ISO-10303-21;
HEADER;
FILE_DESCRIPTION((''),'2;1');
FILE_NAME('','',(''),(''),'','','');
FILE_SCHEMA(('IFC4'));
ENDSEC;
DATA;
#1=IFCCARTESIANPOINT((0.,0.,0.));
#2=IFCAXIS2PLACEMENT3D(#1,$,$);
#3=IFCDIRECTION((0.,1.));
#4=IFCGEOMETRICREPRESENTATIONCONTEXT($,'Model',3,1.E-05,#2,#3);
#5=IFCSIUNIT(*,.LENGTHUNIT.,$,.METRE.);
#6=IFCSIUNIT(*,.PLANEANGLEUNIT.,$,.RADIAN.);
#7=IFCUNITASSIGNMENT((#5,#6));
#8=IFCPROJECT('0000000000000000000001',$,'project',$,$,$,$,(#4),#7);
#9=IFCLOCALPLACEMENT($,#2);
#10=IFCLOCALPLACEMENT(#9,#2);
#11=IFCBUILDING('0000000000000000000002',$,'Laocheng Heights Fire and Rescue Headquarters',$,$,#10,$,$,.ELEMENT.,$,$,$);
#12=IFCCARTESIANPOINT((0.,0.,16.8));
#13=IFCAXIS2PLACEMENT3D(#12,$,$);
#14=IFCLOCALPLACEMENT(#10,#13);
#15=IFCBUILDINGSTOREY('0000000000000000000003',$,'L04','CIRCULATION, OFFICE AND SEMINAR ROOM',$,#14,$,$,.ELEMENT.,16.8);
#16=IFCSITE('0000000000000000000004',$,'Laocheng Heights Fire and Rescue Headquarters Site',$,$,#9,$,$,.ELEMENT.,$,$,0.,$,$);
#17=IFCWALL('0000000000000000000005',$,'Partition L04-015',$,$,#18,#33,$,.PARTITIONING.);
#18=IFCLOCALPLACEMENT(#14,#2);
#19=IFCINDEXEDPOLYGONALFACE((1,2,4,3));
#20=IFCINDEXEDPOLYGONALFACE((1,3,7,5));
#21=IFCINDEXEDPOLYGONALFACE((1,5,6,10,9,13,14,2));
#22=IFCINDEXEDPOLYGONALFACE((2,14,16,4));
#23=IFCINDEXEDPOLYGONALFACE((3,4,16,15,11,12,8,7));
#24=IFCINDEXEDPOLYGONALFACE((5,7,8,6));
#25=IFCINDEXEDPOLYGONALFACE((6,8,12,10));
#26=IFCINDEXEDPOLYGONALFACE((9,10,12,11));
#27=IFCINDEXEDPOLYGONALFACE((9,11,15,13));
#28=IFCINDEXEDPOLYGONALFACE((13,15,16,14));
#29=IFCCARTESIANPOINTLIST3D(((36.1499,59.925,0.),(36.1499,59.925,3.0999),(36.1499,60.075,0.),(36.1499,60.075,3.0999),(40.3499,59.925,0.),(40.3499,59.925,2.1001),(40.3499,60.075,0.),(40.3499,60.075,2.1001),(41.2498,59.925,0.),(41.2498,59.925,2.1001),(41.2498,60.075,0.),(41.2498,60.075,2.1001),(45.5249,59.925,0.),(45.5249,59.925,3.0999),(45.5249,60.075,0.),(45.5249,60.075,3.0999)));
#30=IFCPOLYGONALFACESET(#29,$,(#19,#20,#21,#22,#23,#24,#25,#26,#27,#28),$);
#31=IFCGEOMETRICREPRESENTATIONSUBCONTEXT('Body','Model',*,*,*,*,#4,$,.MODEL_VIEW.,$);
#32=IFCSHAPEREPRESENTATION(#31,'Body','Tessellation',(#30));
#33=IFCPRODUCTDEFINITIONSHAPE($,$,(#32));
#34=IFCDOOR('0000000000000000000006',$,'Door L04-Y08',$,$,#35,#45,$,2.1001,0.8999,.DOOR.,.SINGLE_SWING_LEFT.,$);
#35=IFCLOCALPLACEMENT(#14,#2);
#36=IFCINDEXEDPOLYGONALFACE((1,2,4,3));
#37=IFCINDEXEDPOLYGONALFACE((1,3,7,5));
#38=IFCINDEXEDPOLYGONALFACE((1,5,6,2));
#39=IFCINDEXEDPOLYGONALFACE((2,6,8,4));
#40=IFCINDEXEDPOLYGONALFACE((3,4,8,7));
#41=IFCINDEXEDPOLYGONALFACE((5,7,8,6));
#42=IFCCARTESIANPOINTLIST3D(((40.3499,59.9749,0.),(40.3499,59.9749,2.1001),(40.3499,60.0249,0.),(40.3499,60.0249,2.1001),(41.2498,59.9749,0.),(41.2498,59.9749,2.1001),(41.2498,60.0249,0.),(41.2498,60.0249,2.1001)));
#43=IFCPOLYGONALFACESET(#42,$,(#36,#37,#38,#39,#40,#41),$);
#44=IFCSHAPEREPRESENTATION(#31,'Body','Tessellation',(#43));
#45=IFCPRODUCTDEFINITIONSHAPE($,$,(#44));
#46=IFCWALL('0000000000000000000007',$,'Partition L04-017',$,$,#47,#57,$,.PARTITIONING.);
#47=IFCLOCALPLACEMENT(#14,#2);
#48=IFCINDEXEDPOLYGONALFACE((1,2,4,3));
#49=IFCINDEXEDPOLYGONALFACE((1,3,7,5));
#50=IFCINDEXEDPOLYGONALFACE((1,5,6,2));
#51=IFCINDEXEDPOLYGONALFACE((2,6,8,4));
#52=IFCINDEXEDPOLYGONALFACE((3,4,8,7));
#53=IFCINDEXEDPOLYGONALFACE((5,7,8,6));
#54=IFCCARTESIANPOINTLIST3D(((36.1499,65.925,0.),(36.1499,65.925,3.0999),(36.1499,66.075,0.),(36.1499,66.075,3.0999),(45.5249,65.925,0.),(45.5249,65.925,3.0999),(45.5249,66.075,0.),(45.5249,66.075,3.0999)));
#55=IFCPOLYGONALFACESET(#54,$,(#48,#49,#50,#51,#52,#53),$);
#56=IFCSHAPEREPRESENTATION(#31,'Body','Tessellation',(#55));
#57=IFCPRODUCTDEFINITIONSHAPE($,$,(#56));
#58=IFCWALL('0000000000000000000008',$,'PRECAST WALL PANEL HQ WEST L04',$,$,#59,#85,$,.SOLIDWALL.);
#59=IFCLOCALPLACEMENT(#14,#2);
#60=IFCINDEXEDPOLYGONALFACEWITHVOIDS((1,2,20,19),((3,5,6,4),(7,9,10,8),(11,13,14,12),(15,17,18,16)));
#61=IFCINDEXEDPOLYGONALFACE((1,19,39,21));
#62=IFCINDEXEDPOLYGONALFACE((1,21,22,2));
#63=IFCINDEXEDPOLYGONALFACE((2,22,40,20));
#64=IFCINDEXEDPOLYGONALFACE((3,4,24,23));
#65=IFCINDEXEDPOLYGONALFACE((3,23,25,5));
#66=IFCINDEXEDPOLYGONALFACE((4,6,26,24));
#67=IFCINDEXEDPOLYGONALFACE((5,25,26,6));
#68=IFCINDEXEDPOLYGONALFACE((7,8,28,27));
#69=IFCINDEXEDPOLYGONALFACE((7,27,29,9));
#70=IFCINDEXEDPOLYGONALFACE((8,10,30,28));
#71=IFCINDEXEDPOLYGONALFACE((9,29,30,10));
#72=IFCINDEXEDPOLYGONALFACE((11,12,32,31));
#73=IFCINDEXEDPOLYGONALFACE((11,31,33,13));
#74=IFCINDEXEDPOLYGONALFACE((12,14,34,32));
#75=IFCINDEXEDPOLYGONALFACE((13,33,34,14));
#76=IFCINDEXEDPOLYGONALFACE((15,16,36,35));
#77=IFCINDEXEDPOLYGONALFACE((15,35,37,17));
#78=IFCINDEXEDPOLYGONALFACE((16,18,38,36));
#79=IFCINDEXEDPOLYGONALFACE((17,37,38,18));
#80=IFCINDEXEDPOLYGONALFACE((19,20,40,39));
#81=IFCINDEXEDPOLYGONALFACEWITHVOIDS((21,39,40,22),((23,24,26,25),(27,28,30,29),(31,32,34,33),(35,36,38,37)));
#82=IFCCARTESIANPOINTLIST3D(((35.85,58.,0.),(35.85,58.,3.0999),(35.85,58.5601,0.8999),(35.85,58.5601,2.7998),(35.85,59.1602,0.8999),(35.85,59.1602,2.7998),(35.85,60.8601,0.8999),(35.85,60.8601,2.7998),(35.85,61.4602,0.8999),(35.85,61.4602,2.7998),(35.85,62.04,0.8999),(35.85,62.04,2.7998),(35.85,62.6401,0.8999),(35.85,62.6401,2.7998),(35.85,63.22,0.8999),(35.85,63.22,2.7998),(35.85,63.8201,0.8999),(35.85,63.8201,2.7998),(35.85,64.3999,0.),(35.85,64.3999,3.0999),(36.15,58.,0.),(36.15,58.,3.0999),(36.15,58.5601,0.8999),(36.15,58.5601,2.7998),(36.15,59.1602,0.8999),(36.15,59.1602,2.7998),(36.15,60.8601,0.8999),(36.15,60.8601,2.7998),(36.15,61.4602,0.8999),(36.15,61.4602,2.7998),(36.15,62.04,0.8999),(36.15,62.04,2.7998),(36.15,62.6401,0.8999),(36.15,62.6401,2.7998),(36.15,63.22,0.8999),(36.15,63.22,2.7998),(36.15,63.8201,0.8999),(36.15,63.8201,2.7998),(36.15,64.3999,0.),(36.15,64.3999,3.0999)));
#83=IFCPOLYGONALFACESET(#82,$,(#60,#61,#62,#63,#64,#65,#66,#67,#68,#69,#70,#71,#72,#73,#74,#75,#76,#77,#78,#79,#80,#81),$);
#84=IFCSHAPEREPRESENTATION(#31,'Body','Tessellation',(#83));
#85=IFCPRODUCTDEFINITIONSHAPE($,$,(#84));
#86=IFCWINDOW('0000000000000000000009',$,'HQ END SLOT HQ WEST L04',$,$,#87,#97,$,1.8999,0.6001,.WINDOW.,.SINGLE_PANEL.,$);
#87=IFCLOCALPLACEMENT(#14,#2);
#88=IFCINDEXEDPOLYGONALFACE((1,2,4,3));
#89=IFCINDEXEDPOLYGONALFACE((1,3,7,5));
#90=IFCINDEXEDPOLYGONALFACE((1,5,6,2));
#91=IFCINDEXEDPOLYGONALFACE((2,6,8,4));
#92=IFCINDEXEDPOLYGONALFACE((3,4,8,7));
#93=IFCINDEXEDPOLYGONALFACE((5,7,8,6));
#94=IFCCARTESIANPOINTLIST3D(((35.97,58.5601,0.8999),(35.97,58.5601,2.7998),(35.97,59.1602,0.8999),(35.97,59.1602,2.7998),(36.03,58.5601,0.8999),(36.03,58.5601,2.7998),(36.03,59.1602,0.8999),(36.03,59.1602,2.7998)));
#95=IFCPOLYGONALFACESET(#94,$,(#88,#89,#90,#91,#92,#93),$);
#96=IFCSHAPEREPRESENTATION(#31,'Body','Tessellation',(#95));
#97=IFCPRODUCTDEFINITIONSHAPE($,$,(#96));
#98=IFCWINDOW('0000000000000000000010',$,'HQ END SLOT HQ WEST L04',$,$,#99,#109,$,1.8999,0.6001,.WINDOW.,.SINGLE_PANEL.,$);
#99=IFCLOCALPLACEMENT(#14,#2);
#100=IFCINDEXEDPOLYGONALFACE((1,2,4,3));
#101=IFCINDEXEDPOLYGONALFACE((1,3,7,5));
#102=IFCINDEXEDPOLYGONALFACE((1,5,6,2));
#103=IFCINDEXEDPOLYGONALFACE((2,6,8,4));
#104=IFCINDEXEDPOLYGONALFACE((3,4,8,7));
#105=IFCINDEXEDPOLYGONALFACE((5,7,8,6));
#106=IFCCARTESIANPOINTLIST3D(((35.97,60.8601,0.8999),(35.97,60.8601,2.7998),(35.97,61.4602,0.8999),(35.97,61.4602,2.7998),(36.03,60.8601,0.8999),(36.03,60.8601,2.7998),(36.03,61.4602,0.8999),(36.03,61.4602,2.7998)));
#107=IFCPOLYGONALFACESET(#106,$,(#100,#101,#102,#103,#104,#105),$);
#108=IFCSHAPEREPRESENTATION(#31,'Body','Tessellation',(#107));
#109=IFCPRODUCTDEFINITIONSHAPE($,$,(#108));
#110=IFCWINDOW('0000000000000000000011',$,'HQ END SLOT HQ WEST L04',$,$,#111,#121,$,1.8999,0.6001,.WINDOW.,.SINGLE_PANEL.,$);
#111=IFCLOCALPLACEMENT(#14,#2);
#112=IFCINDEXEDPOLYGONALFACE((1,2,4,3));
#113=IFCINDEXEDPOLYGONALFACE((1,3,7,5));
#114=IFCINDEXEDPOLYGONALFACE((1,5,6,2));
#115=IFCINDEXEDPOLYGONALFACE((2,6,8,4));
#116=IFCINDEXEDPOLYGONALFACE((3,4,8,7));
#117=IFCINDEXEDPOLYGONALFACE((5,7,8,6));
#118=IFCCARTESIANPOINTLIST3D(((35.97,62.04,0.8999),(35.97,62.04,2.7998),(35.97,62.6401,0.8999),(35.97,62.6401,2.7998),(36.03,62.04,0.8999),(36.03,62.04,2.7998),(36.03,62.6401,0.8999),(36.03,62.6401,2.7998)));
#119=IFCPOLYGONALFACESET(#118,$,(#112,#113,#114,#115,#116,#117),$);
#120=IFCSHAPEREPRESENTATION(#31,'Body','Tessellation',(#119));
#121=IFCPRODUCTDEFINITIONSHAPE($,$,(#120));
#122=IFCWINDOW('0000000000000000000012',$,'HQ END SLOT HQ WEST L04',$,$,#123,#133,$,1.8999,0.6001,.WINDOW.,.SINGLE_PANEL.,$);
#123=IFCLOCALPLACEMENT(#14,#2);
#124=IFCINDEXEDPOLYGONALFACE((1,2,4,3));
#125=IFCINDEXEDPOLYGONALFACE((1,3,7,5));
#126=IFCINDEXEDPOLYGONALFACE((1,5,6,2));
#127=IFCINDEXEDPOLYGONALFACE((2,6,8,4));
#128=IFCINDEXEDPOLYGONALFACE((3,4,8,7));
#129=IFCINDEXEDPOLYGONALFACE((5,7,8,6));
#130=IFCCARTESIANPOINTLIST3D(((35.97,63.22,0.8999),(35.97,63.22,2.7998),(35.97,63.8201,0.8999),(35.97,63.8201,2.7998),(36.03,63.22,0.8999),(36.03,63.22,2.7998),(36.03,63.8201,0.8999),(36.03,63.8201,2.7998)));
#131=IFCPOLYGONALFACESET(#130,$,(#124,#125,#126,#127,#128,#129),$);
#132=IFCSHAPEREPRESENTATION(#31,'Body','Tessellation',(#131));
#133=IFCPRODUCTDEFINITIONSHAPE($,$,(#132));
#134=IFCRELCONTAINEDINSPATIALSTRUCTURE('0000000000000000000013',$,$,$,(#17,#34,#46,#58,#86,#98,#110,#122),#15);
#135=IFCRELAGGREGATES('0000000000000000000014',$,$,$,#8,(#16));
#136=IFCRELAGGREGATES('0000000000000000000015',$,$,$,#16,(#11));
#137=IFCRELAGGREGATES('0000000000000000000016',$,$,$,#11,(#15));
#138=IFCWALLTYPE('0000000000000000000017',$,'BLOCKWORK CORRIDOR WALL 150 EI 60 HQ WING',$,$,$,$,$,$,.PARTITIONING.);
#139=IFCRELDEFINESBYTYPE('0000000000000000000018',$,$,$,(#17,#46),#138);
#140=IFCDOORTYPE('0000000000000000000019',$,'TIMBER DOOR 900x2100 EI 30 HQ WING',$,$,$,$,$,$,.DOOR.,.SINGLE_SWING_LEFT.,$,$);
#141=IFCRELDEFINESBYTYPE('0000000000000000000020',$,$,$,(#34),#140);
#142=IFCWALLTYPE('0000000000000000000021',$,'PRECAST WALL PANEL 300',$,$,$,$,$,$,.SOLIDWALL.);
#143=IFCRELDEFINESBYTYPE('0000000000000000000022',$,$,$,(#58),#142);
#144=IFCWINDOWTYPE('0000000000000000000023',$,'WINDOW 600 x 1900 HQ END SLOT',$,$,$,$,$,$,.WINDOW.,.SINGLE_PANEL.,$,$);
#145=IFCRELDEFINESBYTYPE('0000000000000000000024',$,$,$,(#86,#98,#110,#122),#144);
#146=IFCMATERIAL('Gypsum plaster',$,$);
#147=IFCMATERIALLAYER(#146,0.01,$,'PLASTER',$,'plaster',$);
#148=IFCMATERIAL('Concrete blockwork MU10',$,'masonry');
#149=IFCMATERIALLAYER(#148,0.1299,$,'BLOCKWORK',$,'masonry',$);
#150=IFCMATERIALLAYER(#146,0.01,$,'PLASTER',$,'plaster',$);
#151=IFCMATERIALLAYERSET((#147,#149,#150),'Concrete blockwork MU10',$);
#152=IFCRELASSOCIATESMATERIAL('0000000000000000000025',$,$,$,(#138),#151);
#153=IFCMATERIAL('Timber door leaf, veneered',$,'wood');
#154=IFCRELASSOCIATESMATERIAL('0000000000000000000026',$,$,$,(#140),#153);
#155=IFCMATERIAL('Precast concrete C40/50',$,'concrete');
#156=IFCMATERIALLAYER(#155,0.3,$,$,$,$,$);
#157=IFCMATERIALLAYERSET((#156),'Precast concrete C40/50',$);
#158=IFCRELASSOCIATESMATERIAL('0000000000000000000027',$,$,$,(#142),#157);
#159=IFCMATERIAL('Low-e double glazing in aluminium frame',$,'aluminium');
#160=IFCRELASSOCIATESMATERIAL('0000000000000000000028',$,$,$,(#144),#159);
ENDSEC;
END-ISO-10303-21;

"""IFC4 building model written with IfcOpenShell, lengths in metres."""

from ifc_helpers import new_model, si_unit, direction, frame, frame_2d, origin, place, context, subcontext, project, spatial, rectangle, extrude, material, layer, layer_set, type_object, element, fill, save


model = new_model("IFC4")

# Units and contexts
model_context = context("Model", 3, precision=1e-05, world=origin(), true_north=direction((0.0, 1.0)))
body_context = subcontext(model_context, "Body", "Model", "MODEL_VIEW")
ifc_project = project(units=[si_unit("LENGTHUNIT", "METRE"), si_unit("PLANEANGLEUNIT", "RADIAN")], contexts=[model_context])

# Site, building, storey
site_placement = place(None, origin())
site = spatial("IfcSite", under=ifc_project, at=site_placement, Name="Laocheng Heights Fire and Rescue Headquarters Site", CompositionType="ELEMENT", RefElevation=0.0)
building_placement = place(site_placement, origin())
building = spatial("IfcBuilding", under=site, at=building_placement, Name="Laocheng Heights Fire and Rescue Headquarters", CompositionType="ELEMENT")
storey_placement = place(building_placement, frame((0.0, 0.0, 16.8)))
storey = spatial("IfcBuildingStorey", under=building, at=storey_placement, Name="L04", Description="CIRCULATION, OFFICE AND SEMINAR ROOM", CompositionType="ELEMENT", Elevation=16.8)

# Wall, opening, door
ifc_material_1 = material(Name="Gypsum plaster")
ifc_layer_1 = layer(ifc_material_1, 0.01, Name="PLASTER", Category="plaster")
ifc_material_2 = material(Name="Concrete blockwork MU10", Category="masonry")
ifc_layer_2 = layer(ifc_material_2, 0.1299, Name="BLOCKWORK", Category="masonry")
ifc_layer_3 = layer(ifc_material_1, 0.01, Name="PLASTER", Category="plaster")
ifc_layer_set_1 = layer_set([ifc_layer_1, ifc_layer_2, ifc_layer_3], Name="Concrete blockwork MU10")
wall_type_1 = type_object("IfcWallType", Name="BLOCKWORK CORRIDOR WALL 150 EI 60 HQ WING", PredefinedType="PARTITIONING", material=ifc_layer_set_1)
wall_1_placement = place(storey_placement, frame((36.1499, 60.0, 0.0), z_axis=(0.0, 0.0, 1.0), x_axis=(1.0, 0.0, 0.0)))
wall_1 = element("IfcWall", 1, at=wall_1_placement, inside=storey, type_object=wall_type_1, Name="Partition L04-015", PredefinedType="PARTITIONING", context=body_context, shape_type="SweptSolid", body=[
    extrude(rectangle(XDim=9.375, YDim=0.1499, at=frame_2d((4.6875, 0.0))), origin(), (0.0, 0.0, 1.0), 3.0999),
])
opening_1_placement = place(wall_1_placement, frame((4.2, 0.0, 0.0)))
opening_1 = element("IfcOpeningElement", 2, at=opening_1_placement, cuts=wall_1, PredefinedType="OPENING", context=body_context, shape_type="SweptSolid", body=[
    extrude(rectangle(XDim=0.8999, YDim=2.1001, at=frame_2d((0.45, 1.05))), frame((0.0, 0.085, 0.0), z_axis=(0.0, -1.0, 0.0), x_axis=(1.0, 0.0, 0.0)), (0.0, 0.0, 1.0), 0.1699),
])
ifc_material_3 = material(Name="Timber door leaf, veneered", Category="wood")
door_type = type_object("IfcDoorType", Name="TIMBER DOOR 900x2100 EI 30 HQ WING", OperationType="SINGLE_SWING_LEFT", PredefinedType="DOOR", material=ifc_material_3)
door_placement = place(opening_1_placement, origin())
door = element("IfcDoor", 3, at=door_placement, inside=storey, type_object=door_type, Name="Door L04-Y08", OperationType="SINGLE_SWING_LEFT", OverallHeight=2.1001, OverallWidth=0.8999, PredefinedType="DOOR", context=body_context, shape_type="SweptSolid", body=[
    extrude(rectangle(XDim=0.8999, YDim=2.1001, at=frame_2d((0.45, 1.05))), frame((0.0, 0.0249, 0.0), z_axis=(0.0, -1.0, 0.0), x_axis=(1.0, 0.0, 0.0)), (0.0, 0.0, 1.0), 0.05),
])
fill(opening_1, door)

# Wall
wall_2_placement = place(storey_placement, frame((36.1499, 66.0, 0.0), z_axis=(0.0, 0.0, 1.0), x_axis=(1.0, 0.0, 0.0)))
element("IfcWall", 4, at=wall_2_placement, inside=storey, type_object=wall_type_1, Name="Partition L04-017", PredefinedType="PARTITIONING", context=body_context, shape_type="SweptSolid", body=[
    extrude(rectangle(XDim=9.375, YDim=0.1499, at=frame_2d((4.6875, 0.0))), origin(), (0.0, 0.0, 1.0), 3.0999),
])

# Wall, openings, windows
ifc_material_4 = material(Name="Precast concrete C40/50", Category="concrete")
ifc_layer_4 = layer(ifc_material_4, 0.3)
ifc_layer_set_2 = layer_set([ifc_layer_4], Name="Precast concrete C40/50")
wall_type_2 = type_object("IfcWallType", Name="PRECAST WALL PANEL 300", PredefinedType="SOLIDWALL", material=ifc_layer_set_2)
wall_3_placement = place(storey_placement, frame((36.0, 58.0, 0.0), z_axis=(0.0, 0.0, 1.0), x_axis=(0.0, 1.0, 0.0)))
wall_3 = element("IfcWall", 5, at=wall_3_placement, inside=storey, type_object=wall_type_2, Name="PRECAST WALL PANEL HQ WEST L04", PredefinedType="SOLIDWALL", context=body_context, shape_type="SweptSolid", body=[
    extrude(rectangle(XDim=6.3999, YDim=0.3, at=frame_2d((3.2, 0.0))), origin(), (0.0, 0.0, 1.0), 3.0999),
])
opening_2_placement = place(wall_3_placement, frame((0.5601, 0.0, 0.8999)))
opening_2 = element("IfcOpeningElement", 6, at=opening_2_placement, cuts=wall_3, PredefinedType="OPENING", context=body_context, shape_type="SweptSolid", body=[
    extrude(rectangle(XDim=0.6001, YDim=1.8999, at=frame_2d((0.3, 0.95))), frame((0.0, 0.1599, 0.0), z_axis=(0.0, -1.0, 0.0), x_axis=(1.0, 0.0, 0.0)), (0.0, 0.0, 1.0), 0.3201),
])
opening_3_placement = place(wall_3_placement, frame((2.8601, 0.0, 0.8999)))
opening_3 = element("IfcOpeningElement", 7, at=opening_3_placement, cuts=wall_3, PredefinedType="OPENING", context=body_context, shape_type="SweptSolid", body=[
    extrude(rectangle(XDim=0.6001, YDim=1.8999, at=frame_2d((0.3, 0.95))), frame((0.0, 0.1599, 0.0), z_axis=(0.0, -1.0, 0.0), x_axis=(1.0, 0.0, 0.0)), (0.0, 0.0, 1.0), 0.3201),
])
opening_4_placement = place(wall_3_placement, frame((4.04, 0.0, 0.8999)))
opening_4 = element("IfcOpeningElement", 8, at=opening_4_placement, cuts=wall_3, PredefinedType="OPENING", context=body_context, shape_type="SweptSolid", body=[
    extrude(rectangle(XDim=0.6001, YDim=1.8999, at=frame_2d((0.3, 0.95))), frame((0.0, 0.1599, 0.0), z_axis=(0.0, -1.0, 0.0), x_axis=(1.0, 0.0, 0.0)), (0.0, 0.0, 1.0), 0.3201),
])
opening_5_placement = place(wall_3_placement, frame((5.22, 0.0, 0.8999)))
opening_5 = element("IfcOpeningElement", 9, at=opening_5_placement, cuts=wall_3, PredefinedType="OPENING", context=body_context, shape_type="SweptSolid", body=[
    extrude(rectangle(XDim=0.6001, YDim=1.8999, at=frame_2d((0.3, 0.95))), frame((0.0, 0.1599, 0.0), z_axis=(0.0, -1.0, 0.0), x_axis=(1.0, 0.0, 0.0)), (0.0, 0.0, 1.0), 0.3201),
])
ifc_material_5 = material(Name="Low-e double glazing in aluminium frame", Category="aluminium")
window_type = type_object("IfcWindowType", Name="WINDOW 600 x 1900 HQ END SLOT", PartitioningType="SINGLE_PANEL", PredefinedType="WINDOW", material=ifc_material_5)
window_1_placement = place(opening_2_placement, origin())
window_1 = element("IfcWindow", 10, at=window_1_placement, inside=storey, type_object=window_type, Name="HQ END SLOT HQ WEST L04", OverallHeight=1.8999, OverallWidth=0.6001, PartitioningType="SINGLE_PANEL", PredefinedType="WINDOW", context=body_context, shape_type="SweptSolid", body=[
    extrude(rectangle(XDim=0.6001, YDim=1.8999, at=frame_2d((0.3, 0.95))), frame((0.0, 0.03, 0.0), z_axis=(0.0, -1.0, 0.0), x_axis=(1.0, 0.0, 0.0)), (0.0, 0.0, 1.0), 0.0601),
])
fill(opening_2, window_1)
window_2_placement = place(opening_3_placement, origin())
window_2 = element("IfcWindow", 11, at=window_2_placement, inside=storey, type_object=window_type, Name="HQ END SLOT HQ WEST L04", OverallHeight=1.8999, OverallWidth=0.6001, PartitioningType="SINGLE_PANEL", PredefinedType="WINDOW", context=body_context, shape_type="SweptSolid", body=[
    extrude(rectangle(XDim=0.6001, YDim=1.8999, at=frame_2d((0.3, 0.95))), frame((0.0, 0.03, 0.0), z_axis=(0.0, -1.0, 0.0), x_axis=(1.0, 0.0, 0.0)), (0.0, 0.0, 1.0), 0.0601),
])
fill(opening_3, window_2)
window_3_placement = place(opening_4_placement, origin())
window_3 = element("IfcWindow", 12, at=window_3_placement, inside=storey, type_object=window_type, Name="HQ END SLOT HQ WEST L04", OverallHeight=1.8999, OverallWidth=0.6001, PartitioningType="SINGLE_PANEL", PredefinedType="WINDOW", context=body_context, shape_type="SweptSolid", body=[
    extrude(rectangle(XDim=0.6001, YDim=1.8999, at=frame_2d((0.3, 0.95))), frame((0.0, 0.03, 0.0), z_axis=(0.0, -1.0, 0.0), x_axis=(1.0, 0.0, 0.0)), (0.0, 0.0, 1.0), 0.0601),
])
fill(opening_4, window_3)
window_4_placement = place(opening_5_placement, origin())
window_4 = element("IfcWindow", 13, at=window_4_placement, inside=storey, type_object=window_type, Name="HQ END SLOT HQ WEST L04", OverallHeight=1.8999, OverallWidth=0.6001, PartitioningType="SINGLE_PANEL", PredefinedType="WINDOW", context=body_context, shape_type="SweptSolid", body=[
    extrude(rectangle(XDim=0.6001, YDim=1.8999, at=frame_2d((0.3, 0.95))), frame((0.0, 0.03, 0.0), z_axis=(0.0, -1.0, 0.0), x_axis=(1.0, 0.0, 0.0)), (0.0, 0.0, 1.0), 0.0601),
])
fill(opening_5, window_4)

save(model, "model.ifc")
